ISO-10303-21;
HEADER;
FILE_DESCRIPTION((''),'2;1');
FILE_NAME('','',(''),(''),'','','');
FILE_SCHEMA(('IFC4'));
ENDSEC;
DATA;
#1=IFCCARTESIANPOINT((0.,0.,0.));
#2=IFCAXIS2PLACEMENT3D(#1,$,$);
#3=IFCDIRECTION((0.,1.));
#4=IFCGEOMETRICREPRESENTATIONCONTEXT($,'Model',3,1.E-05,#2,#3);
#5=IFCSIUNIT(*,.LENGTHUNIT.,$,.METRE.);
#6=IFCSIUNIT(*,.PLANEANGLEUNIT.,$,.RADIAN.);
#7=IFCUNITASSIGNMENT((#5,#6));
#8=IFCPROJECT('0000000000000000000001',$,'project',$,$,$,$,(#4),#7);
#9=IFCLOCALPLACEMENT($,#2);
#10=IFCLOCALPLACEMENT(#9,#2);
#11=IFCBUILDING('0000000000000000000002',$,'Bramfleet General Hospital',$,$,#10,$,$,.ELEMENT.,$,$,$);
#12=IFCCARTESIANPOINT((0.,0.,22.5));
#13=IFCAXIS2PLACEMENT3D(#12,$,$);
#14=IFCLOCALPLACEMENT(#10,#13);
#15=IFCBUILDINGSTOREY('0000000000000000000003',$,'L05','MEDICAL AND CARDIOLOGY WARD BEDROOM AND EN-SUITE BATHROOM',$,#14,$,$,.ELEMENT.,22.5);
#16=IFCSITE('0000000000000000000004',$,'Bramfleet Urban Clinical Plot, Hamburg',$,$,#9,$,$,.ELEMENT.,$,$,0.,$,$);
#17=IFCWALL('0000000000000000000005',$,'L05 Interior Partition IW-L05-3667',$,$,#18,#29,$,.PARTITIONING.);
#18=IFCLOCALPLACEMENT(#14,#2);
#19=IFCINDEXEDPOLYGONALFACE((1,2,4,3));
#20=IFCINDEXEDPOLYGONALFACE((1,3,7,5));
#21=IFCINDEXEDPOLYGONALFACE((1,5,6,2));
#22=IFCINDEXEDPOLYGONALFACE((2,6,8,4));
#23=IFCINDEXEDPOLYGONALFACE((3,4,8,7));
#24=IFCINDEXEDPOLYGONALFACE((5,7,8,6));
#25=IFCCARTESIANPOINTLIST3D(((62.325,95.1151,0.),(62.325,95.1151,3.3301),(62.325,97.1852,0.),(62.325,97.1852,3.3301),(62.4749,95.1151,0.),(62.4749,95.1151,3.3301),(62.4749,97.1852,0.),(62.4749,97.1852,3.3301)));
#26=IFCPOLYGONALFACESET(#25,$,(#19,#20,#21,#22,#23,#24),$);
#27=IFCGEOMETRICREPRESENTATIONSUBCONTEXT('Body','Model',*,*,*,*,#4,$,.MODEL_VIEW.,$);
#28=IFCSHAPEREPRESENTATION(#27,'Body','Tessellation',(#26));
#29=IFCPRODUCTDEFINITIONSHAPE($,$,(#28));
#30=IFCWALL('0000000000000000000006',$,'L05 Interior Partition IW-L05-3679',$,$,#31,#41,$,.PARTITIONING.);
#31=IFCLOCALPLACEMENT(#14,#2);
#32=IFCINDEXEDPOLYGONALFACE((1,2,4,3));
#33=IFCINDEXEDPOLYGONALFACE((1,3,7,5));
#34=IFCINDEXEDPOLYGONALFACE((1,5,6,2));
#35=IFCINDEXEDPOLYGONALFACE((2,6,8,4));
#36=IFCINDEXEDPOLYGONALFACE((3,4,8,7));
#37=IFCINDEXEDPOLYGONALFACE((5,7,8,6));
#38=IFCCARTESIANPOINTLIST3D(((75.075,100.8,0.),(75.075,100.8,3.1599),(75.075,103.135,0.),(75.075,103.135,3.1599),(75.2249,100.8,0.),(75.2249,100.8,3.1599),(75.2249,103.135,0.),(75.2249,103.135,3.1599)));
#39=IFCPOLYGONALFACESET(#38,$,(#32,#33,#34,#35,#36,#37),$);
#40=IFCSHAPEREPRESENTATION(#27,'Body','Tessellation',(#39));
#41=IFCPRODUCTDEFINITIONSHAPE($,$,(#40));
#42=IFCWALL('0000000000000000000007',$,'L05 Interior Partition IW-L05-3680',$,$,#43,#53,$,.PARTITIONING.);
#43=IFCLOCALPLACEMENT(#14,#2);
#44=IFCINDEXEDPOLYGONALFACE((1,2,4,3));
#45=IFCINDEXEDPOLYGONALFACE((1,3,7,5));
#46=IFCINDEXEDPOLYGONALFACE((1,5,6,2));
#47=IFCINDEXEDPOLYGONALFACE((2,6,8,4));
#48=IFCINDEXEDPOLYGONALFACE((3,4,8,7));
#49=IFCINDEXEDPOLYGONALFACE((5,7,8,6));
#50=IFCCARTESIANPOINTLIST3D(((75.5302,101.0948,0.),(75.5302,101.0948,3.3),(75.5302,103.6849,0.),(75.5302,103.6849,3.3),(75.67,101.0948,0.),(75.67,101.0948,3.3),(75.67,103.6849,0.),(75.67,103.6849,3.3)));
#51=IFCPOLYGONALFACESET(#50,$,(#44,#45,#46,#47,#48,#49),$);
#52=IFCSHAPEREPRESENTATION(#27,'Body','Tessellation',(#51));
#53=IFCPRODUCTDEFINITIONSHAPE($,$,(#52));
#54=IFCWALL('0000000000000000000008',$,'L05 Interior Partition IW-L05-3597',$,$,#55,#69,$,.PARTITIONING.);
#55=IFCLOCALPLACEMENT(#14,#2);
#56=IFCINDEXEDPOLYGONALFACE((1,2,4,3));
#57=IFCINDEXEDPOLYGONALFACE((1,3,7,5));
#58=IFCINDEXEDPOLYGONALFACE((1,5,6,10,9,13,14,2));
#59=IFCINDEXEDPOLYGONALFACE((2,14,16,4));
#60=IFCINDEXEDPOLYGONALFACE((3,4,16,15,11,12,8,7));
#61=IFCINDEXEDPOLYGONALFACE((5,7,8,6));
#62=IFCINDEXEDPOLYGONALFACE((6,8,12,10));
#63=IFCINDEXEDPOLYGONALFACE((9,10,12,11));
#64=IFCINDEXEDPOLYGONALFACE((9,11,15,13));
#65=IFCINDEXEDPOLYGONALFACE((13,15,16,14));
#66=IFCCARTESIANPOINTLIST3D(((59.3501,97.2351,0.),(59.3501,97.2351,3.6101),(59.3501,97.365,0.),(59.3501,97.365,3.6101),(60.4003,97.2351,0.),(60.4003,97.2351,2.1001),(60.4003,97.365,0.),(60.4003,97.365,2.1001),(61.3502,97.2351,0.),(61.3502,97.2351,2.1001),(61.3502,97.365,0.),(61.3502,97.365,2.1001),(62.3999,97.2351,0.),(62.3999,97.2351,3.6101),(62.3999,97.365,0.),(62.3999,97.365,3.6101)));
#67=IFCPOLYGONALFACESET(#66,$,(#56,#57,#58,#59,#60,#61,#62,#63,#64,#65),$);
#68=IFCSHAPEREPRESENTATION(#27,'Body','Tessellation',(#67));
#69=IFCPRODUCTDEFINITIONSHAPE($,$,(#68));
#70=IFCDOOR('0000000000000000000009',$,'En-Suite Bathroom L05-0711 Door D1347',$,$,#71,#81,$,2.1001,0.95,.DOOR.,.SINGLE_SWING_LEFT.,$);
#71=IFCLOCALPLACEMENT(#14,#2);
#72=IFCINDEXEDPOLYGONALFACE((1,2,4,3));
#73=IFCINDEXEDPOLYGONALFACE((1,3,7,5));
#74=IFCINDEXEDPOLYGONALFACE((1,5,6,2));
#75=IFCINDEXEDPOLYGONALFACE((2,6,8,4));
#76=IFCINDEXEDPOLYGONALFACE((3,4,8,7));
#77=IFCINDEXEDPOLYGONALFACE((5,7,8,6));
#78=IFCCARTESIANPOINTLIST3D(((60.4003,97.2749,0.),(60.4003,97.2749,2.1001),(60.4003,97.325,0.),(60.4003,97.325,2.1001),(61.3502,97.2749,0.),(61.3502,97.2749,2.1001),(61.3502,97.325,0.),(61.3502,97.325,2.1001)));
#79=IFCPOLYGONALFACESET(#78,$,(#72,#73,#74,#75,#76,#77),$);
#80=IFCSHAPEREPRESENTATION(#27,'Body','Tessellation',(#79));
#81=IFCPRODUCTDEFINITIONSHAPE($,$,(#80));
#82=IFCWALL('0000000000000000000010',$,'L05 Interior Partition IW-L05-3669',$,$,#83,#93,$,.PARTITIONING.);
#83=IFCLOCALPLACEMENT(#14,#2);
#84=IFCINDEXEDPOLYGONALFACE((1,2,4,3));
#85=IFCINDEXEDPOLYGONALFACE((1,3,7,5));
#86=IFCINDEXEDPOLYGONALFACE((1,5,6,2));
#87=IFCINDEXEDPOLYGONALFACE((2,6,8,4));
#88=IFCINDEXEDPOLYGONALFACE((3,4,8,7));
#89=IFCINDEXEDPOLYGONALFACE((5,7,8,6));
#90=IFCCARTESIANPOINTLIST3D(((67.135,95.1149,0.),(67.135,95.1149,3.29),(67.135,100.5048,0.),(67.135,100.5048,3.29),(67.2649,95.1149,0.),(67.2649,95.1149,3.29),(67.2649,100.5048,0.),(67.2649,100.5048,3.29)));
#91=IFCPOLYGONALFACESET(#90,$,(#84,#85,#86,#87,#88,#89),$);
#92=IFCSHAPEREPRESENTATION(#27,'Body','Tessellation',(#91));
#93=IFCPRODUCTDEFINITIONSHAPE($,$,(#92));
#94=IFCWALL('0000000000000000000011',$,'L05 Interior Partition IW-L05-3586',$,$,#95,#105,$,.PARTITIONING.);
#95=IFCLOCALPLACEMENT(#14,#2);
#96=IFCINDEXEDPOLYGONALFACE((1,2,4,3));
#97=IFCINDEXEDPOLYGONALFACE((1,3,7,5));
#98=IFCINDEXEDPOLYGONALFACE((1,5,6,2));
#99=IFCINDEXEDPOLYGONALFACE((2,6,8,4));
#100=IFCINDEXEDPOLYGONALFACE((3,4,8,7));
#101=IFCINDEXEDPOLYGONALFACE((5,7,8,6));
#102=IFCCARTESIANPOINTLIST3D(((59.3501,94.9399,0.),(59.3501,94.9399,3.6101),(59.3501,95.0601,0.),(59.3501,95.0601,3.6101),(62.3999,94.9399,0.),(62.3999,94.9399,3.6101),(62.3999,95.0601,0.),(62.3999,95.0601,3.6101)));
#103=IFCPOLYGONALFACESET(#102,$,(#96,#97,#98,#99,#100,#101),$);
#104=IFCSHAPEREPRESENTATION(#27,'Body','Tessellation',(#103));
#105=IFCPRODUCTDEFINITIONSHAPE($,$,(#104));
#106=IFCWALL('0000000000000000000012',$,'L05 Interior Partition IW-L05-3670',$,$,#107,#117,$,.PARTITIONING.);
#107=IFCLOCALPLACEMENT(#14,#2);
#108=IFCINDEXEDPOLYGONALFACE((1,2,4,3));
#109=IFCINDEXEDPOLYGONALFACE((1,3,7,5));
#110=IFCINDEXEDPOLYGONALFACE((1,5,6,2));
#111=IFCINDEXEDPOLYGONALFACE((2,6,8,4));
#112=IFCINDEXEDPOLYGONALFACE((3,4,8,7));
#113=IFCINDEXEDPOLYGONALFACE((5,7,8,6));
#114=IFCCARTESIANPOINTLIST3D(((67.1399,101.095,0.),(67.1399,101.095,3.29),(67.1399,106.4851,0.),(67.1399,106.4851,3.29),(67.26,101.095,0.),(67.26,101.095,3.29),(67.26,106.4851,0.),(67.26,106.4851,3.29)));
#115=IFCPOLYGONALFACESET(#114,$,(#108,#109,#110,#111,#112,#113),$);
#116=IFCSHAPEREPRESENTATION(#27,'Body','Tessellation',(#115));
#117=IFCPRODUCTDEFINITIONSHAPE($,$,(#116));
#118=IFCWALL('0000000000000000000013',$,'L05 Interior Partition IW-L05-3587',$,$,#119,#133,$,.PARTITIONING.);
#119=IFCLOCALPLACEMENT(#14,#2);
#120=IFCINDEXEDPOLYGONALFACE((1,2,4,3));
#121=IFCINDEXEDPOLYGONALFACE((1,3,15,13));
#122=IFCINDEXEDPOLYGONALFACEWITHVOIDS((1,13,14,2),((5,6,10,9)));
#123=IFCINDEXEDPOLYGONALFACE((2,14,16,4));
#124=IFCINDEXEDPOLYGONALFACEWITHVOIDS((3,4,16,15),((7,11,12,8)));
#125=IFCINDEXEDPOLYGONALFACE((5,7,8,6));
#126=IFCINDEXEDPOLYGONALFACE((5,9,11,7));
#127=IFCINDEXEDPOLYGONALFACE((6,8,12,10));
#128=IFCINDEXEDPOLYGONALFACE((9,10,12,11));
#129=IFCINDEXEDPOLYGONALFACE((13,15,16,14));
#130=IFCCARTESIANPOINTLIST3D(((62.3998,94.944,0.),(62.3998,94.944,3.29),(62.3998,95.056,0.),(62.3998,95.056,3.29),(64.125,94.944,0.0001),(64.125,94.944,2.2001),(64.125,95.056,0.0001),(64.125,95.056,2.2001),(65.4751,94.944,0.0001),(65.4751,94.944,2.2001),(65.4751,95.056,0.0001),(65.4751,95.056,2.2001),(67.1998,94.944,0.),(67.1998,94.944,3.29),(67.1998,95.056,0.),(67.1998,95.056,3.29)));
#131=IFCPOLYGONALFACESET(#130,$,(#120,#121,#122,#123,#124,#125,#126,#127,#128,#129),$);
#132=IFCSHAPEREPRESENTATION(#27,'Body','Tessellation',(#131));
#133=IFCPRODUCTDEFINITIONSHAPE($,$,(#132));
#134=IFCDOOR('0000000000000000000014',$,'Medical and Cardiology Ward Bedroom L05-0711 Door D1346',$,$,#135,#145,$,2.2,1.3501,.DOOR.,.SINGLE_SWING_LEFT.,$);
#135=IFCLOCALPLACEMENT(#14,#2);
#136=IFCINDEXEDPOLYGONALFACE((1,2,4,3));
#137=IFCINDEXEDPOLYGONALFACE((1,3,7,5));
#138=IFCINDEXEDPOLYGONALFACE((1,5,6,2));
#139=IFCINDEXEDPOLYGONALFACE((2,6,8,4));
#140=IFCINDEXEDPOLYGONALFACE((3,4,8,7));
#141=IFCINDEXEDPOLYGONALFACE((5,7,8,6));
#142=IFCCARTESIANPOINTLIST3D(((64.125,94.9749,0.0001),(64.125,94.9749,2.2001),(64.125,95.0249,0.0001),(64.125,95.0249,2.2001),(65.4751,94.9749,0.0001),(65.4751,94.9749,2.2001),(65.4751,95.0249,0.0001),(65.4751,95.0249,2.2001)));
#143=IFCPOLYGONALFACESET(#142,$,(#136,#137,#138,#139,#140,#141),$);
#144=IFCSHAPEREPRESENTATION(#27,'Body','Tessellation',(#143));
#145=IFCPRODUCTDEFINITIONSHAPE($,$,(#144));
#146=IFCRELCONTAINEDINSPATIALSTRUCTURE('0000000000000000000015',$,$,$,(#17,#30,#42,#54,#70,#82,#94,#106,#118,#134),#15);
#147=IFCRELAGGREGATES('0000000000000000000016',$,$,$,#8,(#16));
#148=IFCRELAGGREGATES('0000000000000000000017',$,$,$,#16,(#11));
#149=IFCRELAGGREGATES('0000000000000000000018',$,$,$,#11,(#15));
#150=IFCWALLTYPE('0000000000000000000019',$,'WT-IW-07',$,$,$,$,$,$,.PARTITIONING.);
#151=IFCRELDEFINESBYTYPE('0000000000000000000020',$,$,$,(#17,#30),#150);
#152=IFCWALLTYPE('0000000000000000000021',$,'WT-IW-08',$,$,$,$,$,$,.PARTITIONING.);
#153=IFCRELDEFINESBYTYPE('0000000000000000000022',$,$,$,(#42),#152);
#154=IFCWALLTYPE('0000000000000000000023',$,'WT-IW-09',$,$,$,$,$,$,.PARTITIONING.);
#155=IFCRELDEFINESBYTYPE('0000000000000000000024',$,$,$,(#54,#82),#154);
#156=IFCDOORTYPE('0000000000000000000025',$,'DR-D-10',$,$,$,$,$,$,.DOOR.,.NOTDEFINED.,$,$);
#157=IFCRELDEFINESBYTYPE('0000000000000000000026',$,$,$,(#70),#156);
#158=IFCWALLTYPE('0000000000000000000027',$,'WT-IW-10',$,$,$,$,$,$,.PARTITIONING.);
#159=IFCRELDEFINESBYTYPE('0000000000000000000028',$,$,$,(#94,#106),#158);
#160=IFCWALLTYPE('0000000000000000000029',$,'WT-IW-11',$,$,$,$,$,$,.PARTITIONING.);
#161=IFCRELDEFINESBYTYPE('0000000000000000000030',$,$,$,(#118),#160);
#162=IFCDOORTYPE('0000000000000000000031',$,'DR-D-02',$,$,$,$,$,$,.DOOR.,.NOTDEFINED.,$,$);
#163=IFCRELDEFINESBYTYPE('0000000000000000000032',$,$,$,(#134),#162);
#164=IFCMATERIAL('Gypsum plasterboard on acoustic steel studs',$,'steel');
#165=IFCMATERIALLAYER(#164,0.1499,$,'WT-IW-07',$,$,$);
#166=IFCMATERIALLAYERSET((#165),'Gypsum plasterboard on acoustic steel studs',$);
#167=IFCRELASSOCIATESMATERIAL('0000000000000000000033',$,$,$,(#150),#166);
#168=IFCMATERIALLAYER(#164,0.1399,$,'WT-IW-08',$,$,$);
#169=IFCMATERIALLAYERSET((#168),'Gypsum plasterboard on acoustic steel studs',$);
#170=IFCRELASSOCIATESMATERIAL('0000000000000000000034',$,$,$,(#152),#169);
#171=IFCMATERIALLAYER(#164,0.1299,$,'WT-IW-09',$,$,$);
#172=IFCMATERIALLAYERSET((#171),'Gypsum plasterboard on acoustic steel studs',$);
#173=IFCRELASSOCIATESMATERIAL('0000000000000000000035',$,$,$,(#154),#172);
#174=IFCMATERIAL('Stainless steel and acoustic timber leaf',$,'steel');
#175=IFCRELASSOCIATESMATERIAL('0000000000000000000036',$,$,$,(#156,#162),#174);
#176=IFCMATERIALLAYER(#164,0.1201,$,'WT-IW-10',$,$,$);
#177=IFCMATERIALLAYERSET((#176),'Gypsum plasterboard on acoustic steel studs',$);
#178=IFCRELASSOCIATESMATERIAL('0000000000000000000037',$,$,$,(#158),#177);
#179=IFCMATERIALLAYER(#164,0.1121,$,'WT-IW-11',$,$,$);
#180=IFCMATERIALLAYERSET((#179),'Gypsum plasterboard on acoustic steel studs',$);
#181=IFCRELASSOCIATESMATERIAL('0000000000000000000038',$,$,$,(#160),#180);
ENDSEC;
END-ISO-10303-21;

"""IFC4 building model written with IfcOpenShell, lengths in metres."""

from ifc_helpers import new_model, si_unit, direction, frame, frame_2d, origin, place, context, subcontext, project, spatial, rectangle, extrude, material, layer, layer_set, type_object, element, fill, save


model = new_model("IFC4")

# Units and contexts
model_context = context("Model", 3, precision=1e-05, world=origin(), true_north=direction((0.0, 1.0)))
body_context = subcontext(model_context, "Body", "Model", "MODEL_VIEW")
ifc_project = project(units=[si_unit("LENGTHUNIT", "METRE"), si_unit("PLANEANGLEUNIT", "RADIAN")], contexts=[model_context])

# Site, building, storey
site_placement = place(None, origin())
site = spatial("IfcSite", under=ifc_project, at=site_placement, Name="Bramfleet Urban Clinical Plot, Hamburg", CompositionType="ELEMENT", RefElevation=0.0)
building_placement = place(site_placement, origin())
building = spatial("IfcBuilding", under=site, at=building_placement, Name="Bramfleet General Hospital", CompositionType="ELEMENT")
storey_placement = place(building_placement, frame((0.0, 0.0, 22.5)))
storey = spatial("IfcBuildingStorey", under=building, at=storey_placement, Name="L05", Description="MEDICAL AND CARDIOLOGY WARD BEDROOM AND EN-SUITE BATHROOM", CompositionType="ELEMENT", Elevation=22.5)

# Shared definitions
ifc_material_1 = material(Name="Stainless steel and acoustic timber leaf", Category="steel")

# Walls
ifc_material_2 = material(Name="Gypsum plasterboard on acoustic steel studs", Category="steel")
ifc_layer_1 = layer(ifc_material_2, 0.1499, Name="WT-IW-07")
ifc_layer_set_1 = layer_set([ifc_layer_1], Name="Gypsum plasterboard on acoustic steel studs")
wall_type_1 = type_object("IfcWallType", Name="WT-IW-07", PredefinedType="PARTITIONING", material=ifc_layer_set_1)
wall_1_placement = place(storey_placement, frame((62.3999, 95.115, 0.0), z_axis=(0.0, 0.0, 1.0), x_axis=(0.0, 1.0, 0.0)))
element("IfcWall", 1, at=wall_1_placement, inside=storey, type_object=wall_type_1, Name="L05 Interior Partition IW-L05-3667", PredefinedType="PARTITIONING", context=body_context, shape_type="SweptSolid", body=[
    extrude(rectangle(XDim=2.0701, YDim=0.1499, at=frame_2d((1.0352, 0.0))), origin(), (0.0, 0.0, 1.0), 3.3301),
])
wall_2_placement = place(storey_placement, frame((75.1499, 100.8, 0.0), z_axis=(0.0, 0.0, 1.0), x_axis=(0.0, 1.0, 0.0)))
element("IfcWall", 2, at=wall_2_placement, inside=storey, type_object=wall_type_1, Name="L05 Interior Partition IW-L05-3679", PredefinedType="PARTITIONING", context=body_context, shape_type="SweptSolid", body=[
    extrude(rectangle(XDim=2.335, YDim=0.1499, at=frame_2d((1.1675, 0.0))), origin(), (0.0, 0.0, 1.0), 3.1599),
])
ifc_layer_2 = layer(ifc_material_2, 0.1399, Name="WT-IW-08")
ifc_layer_set_2 = layer_set([ifc_layer_2], Name="Gypsum plasterboard on acoustic steel studs")
wall_type_2 = type_object("IfcWallType", Name="WT-IW-08", PredefinedType="PARTITIONING", material=ifc_layer_set_2)
wall_3_placement = place(storey_placement, frame((75.6001, 101.095, 0.0), z_axis=(0.0, 0.0, 1.0), x_axis=(0.0, 1.0, 0.0)))
element("IfcWall", 3, at=wall_3_placement, inside=storey, type_object=wall_type_2, Name="L05 Interior Partition IW-L05-3680", PredefinedType="PARTITIONING", context=body_context, shape_type="SweptSolid", body=[
    extrude(rectangle(XDim=2.5901, YDim=0.1399, at=frame_2d((1.2949, 0.0))), origin(), (0.0, 0.0, 1.0), 3.3),
])

# Wall, opening, door
ifc_layer_3 = layer(ifc_material_2, 0.1299, Name="WT-IW-09")
ifc_layer_set_3 = layer_set([ifc_layer_3], Name="Gypsum plasterboard on acoustic steel studs")
wall_type_3 = type_object("IfcWallType", Name="WT-IW-09", PredefinedType="PARTITIONING", material=ifc_layer_set_3)
wall_4_placement = place(storey_placement, frame((59.3501, 97.3, 0.0), z_axis=(0.0, 0.0, 1.0), x_axis=(1.0, 0.0, 0.0)))
wall_4 = element("IfcWall", 4, at=wall_4_placement, inside=storey, type_object=wall_type_3, Name="L05 Interior Partition IW-L05-3597", PredefinedType="PARTITIONING", context=body_context, shape_type="SweptSolid", body=[
    extrude(rectangle(XDim=3.0498, YDim=0.1299, at=frame_2d((1.5249, 0.0))), origin(), (0.0, 0.0, 1.0), 3.6101),
])
opening_1_placement = place(wall_4_placement, frame((1.05, 0.0, 0.0)))
opening_1 = element("IfcOpeningElement", 5, at=opening_1_placement, cuts=wall_4, PredefinedType="OPENING", context=body_context, shape_type="SweptSolid", body=[
    extrude(rectangle(XDim=0.95, YDim=2.1001, at=frame_2d((0.4751, 1.05))), frame((0.0, 0.075, 0.0), z_axis=(0.0, -1.0, 0.0), x_axis=(1.0, 0.0, 0.0)), (0.0, 0.0, 1.0), 0.1499),
])
door_type_1 = type_object("IfcDoorType", Name="DR-D-10", OperationType="NOTDEFINED", PredefinedType="DOOR", material=ifc_material_1)
door_1_placement = place(opening_1_placement, origin())
door_1 = element("IfcDoor", 6, at=door_1_placement, inside=storey, type_object=door_type_1, Name="En-Suite Bathroom L05-0711 Door D1347", OperationType="SINGLE_SWING_LEFT", OverallHeight=2.1001, OverallWidth=0.95, PredefinedType="DOOR", context=body_context, shape_type="SweptSolid", body=[
    extrude(rectangle(XDim=0.95, YDim=2.1001, at=frame_2d((0.4751, 1.05))), frame((0.0, 0.0249, 0.0), z_axis=(0.0, -1.0, 0.0), x_axis=(1.0, 0.0, 0.0)), (0.0, 0.0, 1.0), 0.05),
])
fill(opening_1, door_1)

# Walls
wall_5_placement = place(storey_placement, frame((67.2, 95.115, 0.0), z_axis=(0.0, 0.0, 1.0), x_axis=(0.0, 1.0, 0.0)))
element("IfcWall", 7, at=wall_5_placement, inside=storey, type_object=wall_type_3, Name="L05 Interior Partition IW-L05-3669", PredefinedType="PARTITIONING", context=body_context, shape_type="SweptSolid", body=[
    extrude(rectangle(XDim=5.3899, YDim=0.1299, at=frame_2d((2.6948, 0.0))), origin(), (0.0, 0.0, 1.0), 3.29),
])
ifc_layer_4 = layer(ifc_material_2, 0.1201, Name="WT-IW-10")
ifc_layer_set_4 = layer_set([ifc_layer_4], Name="Gypsum plasterboard on acoustic steel studs")
wall_type_4 = type_object("IfcWallType", Name="WT-IW-10", PredefinedType="PARTITIONING", material=ifc_layer_set_4)
wall_6_placement = place(storey_placement, frame((59.3501, 95.0, 0.0), z_axis=(0.0, 0.0, 1.0), x_axis=(1.0, 0.0, 0.0)))
element("IfcWall", 8, at=wall_6_placement, inside=storey, type_object=wall_type_4, Name="L05 Interior Partition IW-L05-3586", PredefinedType="PARTITIONING", context=body_context, shape_type="SweptSolid", body=[
    extrude(rectangle(XDim=3.0498, YDim=0.1201, at=frame_2d((1.5249, 0.0))), origin(), (0.0, 0.0, 1.0), 3.6101),
])
wall_7_placement = place(storey_placement, frame((67.2, 101.095, 0.0), z_axis=(0.0, 0.0, 1.0), x_axis=(0.0, 1.0, 0.0)))
element("IfcWall", 9, at=wall_7_placement, inside=storey, type_object=wall_type_4, Name="L05 Interior Partition IW-L05-3670", PredefinedType="PARTITIONING", context=body_context, shape_type="SweptSolid", body=[
    extrude(rectangle(XDim=5.3901, YDim=0.1201, at=frame_2d((2.6951, 0.0))), origin(), (0.0, 0.0, 1.0), 3.29),
])

# Wall, opening, door
ifc_layer_5 = layer(ifc_material_2, 0.1121, Name="WT-IW-11")
ifc_layer_set_5 = layer_set([ifc_layer_5], Name="Gypsum plasterboard on acoustic steel studs")
wall_type_5 = type_object("IfcWallType", Name="WT-IW-11", PredefinedType="PARTITIONING", material=ifc_layer_set_5)
wall_8_placement = place(storey_placement, frame((62.3999, 95.0, 0.0), z_axis=(0.0, 0.0, 1.0), x_axis=(1.0, 0.0, 0.0)))
wall_8 = element("IfcWall", 10, at=wall_8_placement, inside=storey, type_object=wall_type_5, Name="L05 Interior Partition IW-L05-3587", PredefinedType="PARTITIONING", context=body_context, shape_type="SweptSolid", body=[
    extrude(rectangle(XDim=4.8, YDim=0.1121, at=frame_2d((2.3999, 0.0))), origin(), (0.0, 0.0, 1.0), 3.29),
])
opening_2_placement = place(wall_8_placement, frame((1.7251, 0.0, 0.0)))
opening_2 = element("IfcOpeningElement", 11, at=opening_2_placement, cuts=wall_8, PredefinedType="OPENING", context=body_context, shape_type="SweptSolid", body=[
    extrude(rectangle(XDim=1.3501, YDim=2.2, at=frame_2d((0.675, 1.1001))), frame((0.0, 0.0659, 0.0), z_axis=(0.0, -1.0, 0.0), x_axis=(1.0, 0.0, 0.0)), (0.0, 0.0, 1.0), 0.1321),
])
door_type_2 = type_object("IfcDoorType", Name="DR-D-02", OperationType="NOTDEFINED", PredefinedType="DOOR", material=ifc_material_1)
door_2_placement = place(opening_2_placement, origin())
door_2 = element("IfcDoor", 12, at=door_2_placement, inside=storey, type_object=door_type_2, Name="Medical and Cardiology Ward Bedroom L05-0711 Door D1346", OperationType="SINGLE_SWING_LEFT", OverallHeight=2.2, OverallWidth=1.3501, PredefinedType="DOOR", context=body_context, shape_type="SweptSolid", body=[
    extrude(rectangle(XDim=1.3501, YDim=2.2, at=frame_2d((0.675, 1.1001))), frame((0.0, 0.0249, 0.0), z_axis=(0.0, -1.0, 0.0), x_axis=(1.0, 0.0, 0.0)), (0.0, 0.0, 1.0), 0.05),
])
fill(opening_2, door_2)

save(model, "model.ifc")
